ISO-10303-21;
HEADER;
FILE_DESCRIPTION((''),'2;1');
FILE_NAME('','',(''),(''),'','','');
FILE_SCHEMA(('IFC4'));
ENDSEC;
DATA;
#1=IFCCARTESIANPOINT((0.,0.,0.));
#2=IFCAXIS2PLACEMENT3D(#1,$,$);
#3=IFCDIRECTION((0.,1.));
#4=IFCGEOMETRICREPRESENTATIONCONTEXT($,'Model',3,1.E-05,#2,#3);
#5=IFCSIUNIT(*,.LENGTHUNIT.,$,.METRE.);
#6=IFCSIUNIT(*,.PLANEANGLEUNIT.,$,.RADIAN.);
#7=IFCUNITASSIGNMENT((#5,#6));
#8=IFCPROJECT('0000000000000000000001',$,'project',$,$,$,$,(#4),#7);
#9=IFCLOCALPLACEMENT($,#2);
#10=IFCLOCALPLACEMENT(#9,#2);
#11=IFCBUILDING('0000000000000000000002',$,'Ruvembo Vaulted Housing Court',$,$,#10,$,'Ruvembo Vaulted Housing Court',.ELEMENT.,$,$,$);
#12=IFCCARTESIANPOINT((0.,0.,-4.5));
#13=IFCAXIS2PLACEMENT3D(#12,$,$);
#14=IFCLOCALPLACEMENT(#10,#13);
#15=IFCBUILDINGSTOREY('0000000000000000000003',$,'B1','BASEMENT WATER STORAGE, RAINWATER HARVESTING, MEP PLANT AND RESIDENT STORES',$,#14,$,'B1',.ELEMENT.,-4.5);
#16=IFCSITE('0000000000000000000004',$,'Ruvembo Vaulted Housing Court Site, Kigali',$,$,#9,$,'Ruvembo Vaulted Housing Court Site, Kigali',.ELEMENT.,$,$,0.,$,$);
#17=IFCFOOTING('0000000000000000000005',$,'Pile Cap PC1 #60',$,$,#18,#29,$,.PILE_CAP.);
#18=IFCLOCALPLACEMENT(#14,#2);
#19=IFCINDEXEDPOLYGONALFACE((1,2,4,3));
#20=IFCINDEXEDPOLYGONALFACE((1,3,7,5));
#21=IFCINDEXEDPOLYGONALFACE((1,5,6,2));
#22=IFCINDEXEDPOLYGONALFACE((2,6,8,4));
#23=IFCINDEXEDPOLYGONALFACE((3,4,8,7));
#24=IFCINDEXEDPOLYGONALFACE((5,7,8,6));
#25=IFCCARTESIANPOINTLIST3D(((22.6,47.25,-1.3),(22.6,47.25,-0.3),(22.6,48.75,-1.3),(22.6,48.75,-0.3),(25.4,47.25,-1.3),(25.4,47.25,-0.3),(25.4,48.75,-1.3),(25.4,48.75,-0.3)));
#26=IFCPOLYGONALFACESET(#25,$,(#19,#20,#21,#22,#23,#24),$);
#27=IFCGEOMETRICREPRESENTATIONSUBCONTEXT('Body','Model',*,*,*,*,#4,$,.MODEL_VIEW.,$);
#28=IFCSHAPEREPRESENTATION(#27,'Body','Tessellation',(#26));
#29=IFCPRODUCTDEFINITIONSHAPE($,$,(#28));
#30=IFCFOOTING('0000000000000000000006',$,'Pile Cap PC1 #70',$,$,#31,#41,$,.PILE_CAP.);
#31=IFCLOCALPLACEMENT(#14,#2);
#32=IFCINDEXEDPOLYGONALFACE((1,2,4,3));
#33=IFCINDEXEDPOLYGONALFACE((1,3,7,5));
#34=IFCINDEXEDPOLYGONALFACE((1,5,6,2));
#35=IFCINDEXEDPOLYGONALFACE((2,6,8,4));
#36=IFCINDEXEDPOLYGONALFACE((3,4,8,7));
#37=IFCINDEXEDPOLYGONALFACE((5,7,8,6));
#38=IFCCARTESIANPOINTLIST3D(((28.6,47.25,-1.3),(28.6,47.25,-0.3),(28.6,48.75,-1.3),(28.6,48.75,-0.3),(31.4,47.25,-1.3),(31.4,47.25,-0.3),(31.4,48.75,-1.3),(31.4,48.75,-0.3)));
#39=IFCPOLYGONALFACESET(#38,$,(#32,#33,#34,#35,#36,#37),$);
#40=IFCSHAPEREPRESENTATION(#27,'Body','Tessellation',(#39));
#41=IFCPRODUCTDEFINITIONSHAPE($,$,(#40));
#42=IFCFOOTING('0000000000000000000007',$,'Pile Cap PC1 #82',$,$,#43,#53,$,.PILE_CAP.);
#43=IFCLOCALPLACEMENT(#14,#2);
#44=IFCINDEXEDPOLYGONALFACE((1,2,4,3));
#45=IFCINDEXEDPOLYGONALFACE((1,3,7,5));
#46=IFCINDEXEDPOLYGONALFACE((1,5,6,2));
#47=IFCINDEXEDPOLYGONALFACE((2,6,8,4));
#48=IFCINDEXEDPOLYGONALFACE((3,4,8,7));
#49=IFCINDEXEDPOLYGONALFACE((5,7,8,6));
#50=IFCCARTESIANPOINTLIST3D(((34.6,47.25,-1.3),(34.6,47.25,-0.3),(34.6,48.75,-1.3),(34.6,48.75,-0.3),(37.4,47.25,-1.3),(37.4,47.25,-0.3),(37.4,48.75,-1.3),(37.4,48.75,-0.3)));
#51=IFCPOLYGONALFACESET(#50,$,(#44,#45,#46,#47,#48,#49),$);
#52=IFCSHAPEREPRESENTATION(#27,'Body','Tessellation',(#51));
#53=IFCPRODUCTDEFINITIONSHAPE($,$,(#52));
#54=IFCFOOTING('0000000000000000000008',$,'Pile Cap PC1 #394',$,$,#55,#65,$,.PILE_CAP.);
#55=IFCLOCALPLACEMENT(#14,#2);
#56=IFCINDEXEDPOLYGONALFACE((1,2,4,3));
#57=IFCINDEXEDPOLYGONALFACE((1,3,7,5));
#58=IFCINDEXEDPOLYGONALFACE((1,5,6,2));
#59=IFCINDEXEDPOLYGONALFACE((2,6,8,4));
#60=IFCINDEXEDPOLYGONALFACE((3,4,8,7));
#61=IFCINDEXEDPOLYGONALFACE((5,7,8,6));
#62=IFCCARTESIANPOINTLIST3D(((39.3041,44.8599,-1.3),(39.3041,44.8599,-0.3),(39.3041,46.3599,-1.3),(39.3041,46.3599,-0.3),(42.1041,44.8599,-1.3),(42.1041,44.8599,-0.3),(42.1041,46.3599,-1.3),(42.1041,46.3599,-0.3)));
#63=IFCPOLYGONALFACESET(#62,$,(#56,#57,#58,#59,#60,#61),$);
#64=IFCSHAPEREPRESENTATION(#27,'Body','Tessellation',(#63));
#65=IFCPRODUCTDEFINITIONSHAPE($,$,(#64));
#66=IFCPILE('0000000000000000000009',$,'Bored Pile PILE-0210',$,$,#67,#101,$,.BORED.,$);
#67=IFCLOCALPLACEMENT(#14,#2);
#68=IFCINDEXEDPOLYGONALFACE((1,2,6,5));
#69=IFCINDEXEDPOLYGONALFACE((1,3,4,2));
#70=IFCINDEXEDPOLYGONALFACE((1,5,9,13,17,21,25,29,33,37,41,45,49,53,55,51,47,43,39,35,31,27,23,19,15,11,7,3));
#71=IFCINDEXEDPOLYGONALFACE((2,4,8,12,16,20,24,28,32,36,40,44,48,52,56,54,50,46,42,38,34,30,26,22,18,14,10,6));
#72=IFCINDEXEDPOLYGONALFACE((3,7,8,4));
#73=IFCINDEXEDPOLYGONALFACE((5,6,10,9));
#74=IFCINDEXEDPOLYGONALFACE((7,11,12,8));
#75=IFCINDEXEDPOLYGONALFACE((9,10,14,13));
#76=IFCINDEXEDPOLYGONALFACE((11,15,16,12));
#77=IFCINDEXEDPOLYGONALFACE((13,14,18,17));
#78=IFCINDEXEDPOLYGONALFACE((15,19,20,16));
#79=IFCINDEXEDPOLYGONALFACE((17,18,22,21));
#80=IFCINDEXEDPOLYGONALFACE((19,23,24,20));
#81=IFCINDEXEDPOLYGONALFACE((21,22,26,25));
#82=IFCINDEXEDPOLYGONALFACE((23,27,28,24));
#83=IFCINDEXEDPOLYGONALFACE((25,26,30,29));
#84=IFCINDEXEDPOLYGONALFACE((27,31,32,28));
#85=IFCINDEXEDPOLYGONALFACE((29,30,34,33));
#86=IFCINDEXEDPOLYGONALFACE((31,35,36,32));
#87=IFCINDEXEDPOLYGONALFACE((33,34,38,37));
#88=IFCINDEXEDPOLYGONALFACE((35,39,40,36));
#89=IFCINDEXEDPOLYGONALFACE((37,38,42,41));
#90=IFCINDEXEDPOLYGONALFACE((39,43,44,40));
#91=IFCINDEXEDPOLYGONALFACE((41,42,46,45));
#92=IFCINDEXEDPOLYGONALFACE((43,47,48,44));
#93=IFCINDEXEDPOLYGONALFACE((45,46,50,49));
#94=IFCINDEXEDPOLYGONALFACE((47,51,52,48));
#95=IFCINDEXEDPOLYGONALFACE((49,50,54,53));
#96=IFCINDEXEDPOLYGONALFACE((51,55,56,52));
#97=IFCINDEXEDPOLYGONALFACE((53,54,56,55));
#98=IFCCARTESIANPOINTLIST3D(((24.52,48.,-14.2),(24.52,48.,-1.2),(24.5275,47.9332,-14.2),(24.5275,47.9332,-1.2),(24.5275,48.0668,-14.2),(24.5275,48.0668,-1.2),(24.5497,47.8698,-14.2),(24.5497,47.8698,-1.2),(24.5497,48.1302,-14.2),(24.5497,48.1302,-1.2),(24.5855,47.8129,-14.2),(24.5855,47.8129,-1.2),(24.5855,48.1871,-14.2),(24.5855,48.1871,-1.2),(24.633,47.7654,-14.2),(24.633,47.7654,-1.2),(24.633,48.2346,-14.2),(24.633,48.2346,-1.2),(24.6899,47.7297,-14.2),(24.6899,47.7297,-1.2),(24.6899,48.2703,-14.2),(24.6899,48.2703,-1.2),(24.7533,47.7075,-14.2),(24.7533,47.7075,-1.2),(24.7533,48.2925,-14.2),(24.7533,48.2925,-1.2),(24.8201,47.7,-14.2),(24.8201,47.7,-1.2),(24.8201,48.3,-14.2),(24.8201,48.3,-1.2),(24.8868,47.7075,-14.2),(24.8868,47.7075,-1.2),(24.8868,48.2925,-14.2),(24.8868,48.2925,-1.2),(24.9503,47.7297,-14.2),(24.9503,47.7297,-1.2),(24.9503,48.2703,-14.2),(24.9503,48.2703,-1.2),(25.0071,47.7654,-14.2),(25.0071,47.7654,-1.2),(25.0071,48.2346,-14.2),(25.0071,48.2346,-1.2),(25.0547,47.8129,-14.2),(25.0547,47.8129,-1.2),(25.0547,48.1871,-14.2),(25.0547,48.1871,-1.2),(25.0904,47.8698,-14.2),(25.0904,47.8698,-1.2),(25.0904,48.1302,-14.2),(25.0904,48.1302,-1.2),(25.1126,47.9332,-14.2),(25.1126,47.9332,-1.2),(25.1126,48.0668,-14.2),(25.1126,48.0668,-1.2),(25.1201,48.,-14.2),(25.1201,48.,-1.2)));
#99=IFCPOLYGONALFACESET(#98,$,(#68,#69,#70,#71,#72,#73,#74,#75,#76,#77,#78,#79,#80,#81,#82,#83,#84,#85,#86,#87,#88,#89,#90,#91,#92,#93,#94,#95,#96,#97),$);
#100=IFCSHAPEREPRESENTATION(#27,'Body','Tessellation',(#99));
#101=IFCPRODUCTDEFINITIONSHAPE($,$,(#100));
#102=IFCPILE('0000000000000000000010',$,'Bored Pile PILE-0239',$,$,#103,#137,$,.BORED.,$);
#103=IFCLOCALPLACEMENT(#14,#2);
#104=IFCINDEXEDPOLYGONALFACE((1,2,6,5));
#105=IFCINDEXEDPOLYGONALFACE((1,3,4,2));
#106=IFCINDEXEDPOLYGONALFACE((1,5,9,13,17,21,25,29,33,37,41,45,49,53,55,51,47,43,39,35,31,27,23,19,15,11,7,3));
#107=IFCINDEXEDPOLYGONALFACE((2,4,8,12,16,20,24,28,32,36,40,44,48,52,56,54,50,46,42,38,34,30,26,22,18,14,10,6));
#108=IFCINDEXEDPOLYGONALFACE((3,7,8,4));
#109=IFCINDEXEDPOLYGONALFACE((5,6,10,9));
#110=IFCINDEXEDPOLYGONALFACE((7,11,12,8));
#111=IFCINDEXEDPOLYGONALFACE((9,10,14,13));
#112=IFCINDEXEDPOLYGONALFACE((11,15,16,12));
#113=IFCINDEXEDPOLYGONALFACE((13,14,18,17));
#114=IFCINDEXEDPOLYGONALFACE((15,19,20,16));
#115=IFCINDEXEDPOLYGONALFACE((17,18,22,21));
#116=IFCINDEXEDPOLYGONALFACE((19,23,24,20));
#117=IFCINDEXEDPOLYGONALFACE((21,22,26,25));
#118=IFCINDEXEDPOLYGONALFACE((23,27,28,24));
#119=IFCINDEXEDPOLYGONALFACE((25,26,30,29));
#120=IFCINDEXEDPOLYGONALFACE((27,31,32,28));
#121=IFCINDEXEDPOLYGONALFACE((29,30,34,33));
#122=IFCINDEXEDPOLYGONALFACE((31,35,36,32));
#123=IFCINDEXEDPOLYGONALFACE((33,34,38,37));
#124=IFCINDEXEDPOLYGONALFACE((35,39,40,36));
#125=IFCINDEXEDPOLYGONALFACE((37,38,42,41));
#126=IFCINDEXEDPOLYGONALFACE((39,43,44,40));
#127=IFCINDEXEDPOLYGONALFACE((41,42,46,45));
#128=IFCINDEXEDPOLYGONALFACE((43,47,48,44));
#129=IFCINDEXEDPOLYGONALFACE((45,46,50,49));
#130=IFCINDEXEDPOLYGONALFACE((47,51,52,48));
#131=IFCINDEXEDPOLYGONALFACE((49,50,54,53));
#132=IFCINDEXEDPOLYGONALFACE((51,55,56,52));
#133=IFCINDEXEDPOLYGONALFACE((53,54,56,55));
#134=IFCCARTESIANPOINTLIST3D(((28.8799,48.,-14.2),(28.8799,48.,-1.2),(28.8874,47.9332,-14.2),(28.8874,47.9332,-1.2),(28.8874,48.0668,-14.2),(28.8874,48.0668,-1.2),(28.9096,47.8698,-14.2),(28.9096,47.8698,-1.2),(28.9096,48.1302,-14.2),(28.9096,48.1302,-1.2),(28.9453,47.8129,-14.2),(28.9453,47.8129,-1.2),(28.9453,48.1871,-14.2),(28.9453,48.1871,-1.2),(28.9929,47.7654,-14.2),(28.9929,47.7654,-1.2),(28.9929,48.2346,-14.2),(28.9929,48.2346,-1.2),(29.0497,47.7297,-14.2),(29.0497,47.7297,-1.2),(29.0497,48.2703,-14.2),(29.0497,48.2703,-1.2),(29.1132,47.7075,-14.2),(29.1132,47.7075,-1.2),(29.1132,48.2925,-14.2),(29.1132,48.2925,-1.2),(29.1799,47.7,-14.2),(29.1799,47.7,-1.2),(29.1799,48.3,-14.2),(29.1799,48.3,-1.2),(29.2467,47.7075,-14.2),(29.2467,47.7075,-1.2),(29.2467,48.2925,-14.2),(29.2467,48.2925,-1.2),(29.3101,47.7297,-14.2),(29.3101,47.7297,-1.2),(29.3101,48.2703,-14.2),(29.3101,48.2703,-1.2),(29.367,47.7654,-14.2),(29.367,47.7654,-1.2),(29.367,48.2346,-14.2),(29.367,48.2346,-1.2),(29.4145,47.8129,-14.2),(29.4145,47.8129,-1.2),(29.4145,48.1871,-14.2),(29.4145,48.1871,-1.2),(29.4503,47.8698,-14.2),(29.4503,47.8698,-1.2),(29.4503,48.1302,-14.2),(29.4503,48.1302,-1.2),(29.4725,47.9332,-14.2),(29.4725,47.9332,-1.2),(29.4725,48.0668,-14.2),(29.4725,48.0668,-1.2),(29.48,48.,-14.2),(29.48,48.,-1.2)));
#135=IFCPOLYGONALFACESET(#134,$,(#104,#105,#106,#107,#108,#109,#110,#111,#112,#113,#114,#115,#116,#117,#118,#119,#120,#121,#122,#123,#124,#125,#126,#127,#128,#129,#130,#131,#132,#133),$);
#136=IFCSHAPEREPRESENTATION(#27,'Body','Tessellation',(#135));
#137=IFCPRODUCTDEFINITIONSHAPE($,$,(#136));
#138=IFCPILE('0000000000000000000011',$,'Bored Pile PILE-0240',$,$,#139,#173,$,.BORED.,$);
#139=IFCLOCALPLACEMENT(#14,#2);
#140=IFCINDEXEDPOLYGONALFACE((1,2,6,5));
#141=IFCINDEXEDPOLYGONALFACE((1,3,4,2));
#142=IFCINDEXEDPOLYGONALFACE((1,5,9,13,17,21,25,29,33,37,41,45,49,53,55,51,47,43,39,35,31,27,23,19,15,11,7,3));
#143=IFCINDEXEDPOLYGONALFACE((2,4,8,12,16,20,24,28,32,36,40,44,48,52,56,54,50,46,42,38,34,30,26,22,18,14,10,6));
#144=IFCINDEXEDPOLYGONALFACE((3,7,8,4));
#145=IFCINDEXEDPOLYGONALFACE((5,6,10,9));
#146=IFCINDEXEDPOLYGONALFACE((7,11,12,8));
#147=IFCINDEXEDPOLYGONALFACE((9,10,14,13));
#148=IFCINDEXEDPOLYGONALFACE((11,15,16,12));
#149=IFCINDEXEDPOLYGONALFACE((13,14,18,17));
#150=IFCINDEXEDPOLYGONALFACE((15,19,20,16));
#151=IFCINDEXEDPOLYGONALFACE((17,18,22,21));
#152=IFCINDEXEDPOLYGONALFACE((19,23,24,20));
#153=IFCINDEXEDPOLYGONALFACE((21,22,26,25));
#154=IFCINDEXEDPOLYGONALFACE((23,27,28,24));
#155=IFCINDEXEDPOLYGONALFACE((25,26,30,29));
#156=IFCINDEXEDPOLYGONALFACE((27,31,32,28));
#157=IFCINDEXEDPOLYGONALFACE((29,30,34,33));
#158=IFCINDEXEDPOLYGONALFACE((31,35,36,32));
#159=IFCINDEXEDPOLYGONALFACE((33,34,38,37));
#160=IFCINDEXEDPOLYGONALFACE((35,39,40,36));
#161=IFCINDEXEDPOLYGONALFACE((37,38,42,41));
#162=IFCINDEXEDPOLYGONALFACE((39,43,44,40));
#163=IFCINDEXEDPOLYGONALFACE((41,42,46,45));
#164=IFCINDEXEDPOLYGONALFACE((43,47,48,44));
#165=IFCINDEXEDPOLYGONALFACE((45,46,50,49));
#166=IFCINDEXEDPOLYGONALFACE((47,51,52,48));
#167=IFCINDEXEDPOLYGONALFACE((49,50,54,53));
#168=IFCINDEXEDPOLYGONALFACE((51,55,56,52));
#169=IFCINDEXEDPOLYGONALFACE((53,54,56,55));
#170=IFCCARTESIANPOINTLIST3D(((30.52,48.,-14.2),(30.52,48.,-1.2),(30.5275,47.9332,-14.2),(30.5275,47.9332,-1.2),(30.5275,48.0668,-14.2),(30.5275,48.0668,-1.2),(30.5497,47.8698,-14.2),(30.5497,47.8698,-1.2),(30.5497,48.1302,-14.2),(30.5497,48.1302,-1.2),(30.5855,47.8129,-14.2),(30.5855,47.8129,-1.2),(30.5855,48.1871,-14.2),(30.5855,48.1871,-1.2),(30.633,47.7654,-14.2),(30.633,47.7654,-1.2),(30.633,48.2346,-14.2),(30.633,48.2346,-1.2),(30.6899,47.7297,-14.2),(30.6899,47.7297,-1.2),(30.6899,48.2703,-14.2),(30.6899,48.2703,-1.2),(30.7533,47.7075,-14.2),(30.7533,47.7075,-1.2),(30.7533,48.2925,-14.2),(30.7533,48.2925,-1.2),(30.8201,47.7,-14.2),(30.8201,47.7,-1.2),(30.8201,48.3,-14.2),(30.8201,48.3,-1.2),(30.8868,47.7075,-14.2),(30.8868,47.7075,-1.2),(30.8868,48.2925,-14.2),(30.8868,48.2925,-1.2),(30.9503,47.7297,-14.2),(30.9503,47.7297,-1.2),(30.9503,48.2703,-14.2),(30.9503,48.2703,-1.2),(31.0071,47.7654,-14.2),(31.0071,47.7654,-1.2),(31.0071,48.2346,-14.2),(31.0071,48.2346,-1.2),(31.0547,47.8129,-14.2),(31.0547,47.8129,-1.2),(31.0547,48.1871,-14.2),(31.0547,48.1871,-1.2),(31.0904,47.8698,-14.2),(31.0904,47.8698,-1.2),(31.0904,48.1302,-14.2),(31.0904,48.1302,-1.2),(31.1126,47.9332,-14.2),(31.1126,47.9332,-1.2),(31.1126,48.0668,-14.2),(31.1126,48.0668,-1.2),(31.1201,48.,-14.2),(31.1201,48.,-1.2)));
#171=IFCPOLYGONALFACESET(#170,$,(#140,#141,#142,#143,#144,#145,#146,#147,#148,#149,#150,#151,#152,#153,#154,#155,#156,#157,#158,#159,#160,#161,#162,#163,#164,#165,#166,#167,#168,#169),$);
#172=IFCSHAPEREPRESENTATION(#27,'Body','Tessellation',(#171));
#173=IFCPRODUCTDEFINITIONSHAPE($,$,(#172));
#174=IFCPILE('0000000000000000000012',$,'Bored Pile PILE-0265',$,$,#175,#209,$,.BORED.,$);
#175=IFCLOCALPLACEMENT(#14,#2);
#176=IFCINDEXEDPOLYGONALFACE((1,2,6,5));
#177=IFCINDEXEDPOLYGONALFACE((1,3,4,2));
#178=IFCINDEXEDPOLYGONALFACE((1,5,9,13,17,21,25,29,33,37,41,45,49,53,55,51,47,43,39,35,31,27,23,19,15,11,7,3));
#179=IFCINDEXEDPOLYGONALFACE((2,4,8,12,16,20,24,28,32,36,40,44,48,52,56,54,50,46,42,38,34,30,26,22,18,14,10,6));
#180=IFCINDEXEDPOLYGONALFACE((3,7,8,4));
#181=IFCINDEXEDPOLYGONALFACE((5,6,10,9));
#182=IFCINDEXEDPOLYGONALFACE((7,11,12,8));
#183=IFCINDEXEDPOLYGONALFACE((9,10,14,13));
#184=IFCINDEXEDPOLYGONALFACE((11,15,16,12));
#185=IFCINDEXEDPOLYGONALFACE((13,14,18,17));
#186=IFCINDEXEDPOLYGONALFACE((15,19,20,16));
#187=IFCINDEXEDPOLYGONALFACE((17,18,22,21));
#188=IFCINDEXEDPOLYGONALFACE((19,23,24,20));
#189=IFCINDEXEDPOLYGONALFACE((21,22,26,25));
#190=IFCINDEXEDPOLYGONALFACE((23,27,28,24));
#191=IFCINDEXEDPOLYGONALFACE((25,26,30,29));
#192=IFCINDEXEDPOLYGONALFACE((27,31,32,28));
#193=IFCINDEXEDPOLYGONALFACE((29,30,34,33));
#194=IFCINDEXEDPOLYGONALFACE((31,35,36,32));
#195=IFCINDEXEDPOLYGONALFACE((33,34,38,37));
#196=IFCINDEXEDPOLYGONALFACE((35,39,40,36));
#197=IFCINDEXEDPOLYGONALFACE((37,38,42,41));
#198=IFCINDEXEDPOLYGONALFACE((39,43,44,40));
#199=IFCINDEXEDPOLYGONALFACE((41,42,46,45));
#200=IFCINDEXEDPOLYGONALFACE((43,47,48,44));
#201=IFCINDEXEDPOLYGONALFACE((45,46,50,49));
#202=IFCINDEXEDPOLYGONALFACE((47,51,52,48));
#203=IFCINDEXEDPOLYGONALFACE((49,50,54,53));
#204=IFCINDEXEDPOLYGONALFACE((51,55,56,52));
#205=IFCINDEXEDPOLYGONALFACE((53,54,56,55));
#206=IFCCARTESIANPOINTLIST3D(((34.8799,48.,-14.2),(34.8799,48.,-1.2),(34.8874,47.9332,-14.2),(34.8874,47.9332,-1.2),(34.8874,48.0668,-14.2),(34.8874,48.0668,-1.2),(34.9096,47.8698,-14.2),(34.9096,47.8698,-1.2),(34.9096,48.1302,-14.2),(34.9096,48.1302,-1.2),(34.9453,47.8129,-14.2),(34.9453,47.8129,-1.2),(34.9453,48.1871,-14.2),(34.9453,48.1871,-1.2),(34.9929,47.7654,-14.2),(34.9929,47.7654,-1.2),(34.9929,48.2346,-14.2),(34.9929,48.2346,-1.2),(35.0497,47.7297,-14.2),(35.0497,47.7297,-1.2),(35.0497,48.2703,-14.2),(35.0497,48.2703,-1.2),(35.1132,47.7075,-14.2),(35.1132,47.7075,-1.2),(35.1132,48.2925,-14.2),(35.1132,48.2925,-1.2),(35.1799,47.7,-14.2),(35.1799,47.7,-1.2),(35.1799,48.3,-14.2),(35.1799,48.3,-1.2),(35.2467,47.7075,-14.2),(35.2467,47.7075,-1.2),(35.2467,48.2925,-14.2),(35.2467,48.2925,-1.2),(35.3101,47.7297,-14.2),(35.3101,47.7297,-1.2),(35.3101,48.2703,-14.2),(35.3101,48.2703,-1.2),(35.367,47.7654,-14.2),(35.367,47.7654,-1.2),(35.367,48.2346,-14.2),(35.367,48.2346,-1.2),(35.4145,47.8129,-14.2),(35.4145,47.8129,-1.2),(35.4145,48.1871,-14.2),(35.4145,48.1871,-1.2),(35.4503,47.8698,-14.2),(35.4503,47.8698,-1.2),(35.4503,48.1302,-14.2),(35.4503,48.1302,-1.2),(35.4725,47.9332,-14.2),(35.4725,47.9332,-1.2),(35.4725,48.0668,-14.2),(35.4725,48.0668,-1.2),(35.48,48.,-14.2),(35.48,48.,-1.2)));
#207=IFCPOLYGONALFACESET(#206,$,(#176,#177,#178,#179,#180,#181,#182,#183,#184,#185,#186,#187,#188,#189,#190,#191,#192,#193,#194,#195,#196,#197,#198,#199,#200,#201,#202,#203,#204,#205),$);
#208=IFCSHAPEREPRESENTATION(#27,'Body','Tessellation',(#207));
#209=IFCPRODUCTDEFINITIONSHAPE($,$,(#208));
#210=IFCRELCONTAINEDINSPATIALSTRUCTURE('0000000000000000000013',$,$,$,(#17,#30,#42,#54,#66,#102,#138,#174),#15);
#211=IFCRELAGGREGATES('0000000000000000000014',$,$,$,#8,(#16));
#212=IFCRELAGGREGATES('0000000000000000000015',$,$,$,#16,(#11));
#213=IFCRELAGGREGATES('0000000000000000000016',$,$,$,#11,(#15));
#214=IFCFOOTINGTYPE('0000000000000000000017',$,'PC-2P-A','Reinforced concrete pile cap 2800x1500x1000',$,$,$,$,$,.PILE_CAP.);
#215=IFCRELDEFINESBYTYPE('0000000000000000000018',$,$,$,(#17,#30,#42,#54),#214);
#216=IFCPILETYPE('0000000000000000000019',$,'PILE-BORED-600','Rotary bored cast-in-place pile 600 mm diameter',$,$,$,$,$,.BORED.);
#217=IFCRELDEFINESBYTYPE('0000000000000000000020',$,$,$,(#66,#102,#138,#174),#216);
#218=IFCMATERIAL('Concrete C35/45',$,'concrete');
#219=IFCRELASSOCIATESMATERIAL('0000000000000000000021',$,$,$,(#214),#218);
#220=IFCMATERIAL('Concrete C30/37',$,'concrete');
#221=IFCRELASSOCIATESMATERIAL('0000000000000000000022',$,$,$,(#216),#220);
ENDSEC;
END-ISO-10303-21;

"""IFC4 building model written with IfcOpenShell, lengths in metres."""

from ifc_helpers import new_model, si_unit, direction, frame, origin, origin_2d, place, context, subcontext, project, spatial, rectangle, circle, extrude, material, material_profile, profile_set, type_object, element, save


model = new_model("IFC4")

# Units and contexts
model_context = context("Model", 3, precision=1e-05, world=origin(), true_north=direction((0.0, 1.0)))
body_context = subcontext(model_context, "Body", "Model", "MODEL_VIEW")
ifc_project = project(units=[si_unit("LENGTHUNIT", "METRE"), si_unit("PLANEANGLEUNIT", "RADIAN")], contexts=[model_context])

# Site, building, storey
site_placement = place(None, origin())
site = spatial("IfcSite", under=ifc_project, at=site_placement, Name="Ruvembo Vaulted Housing Court Site, Kigali", LongName="Ruvembo Vaulted Housing Court Site, Kigali", CompositionType="ELEMENT", RefElevation=0.0)
building_placement = place(site_placement, origin())
building = spatial("IfcBuilding", under=site, at=building_placement, Name="Ruvembo Vaulted Housing Court", LongName="Ruvembo Vaulted Housing Court", CompositionType="ELEMENT")
storey_placement = place(building_placement, frame((0.0, 0.0, -4.5)))
storey = spatial("IfcBuildingStorey", under=building, at=storey_placement, Name="B1", Description="BASEMENT WATER STORAGE, RAINWATER HARVESTING, MEP PLANT AND RESIDENT STORES", LongName="B1", CompositionType="ELEMENT", Elevation=-4.5)

# Footings
ifc_material_1 = material(Name="Concrete C35/45", Category="concrete")
footing_type = type_object("IfcFootingType", Name="PC-2P-A", Description="Reinforced concrete pile cap 2800x1500x1000", PredefinedType="PILE_CAP", material=ifc_material_1)
for number, where, z_axis, x_axis, name in (
    (1, (24.0, 48.0, -1.3), (0.0, 0.0, 1.0), (1.0, 0.0, 0.0), "Pile Cap PC1 #60"),
    (2, (30.0, 48.0, -1.3), (0.0, 0.0, 1.0), (1.0, 0.0, 0.0), "Pile Cap PC1 #70"),
    (3, (36.0, 48.0, -1.3), (0.0, 0.0, 1.0), (1.0, 0.0, 0.0), "Pile Cap PC1 #82"),
    (4, (40.7041, 45.6099, -1.3), (0.0, 0.0, 1.0), (1.0, 0.0, 0.0), "Pile Cap PC1 #394"),
):
    element("IfcFooting", number, at=place(storey_placement, frame(where, z_axis=z_axis, x_axis=x_axis)), inside=storey, type_object=footing_type, Name=name, PredefinedType="PILE_CAP", context=body_context, shape_type="SweptSolid", body=[
        extrude(rectangle(XDim=2.8, YDim=1.5, at=origin_2d()), origin(), (0.0, 0.0, 1.0), 1.0),
    ])

# Piles
ifc_material_2 = material(Name="Concrete C30/37", Category="concrete")
ifc_material_profile_1 = material_profile(ifc_material_2, circle(Radius=0.3, at=origin_2d()), Name="PILE D600")
ifc_profile_set_1 = profile_set([ifc_material_profile_1], Name="Concrete C30/37")
pile_type_1 = type_object("IfcPileType", Name="PILE-BORED-600", Description="Rotary bored cast-in-place pile 600 mm diameter", PredefinedType="BORED", material=ifc_profile_set_1)
for number, where, z_axis, x_axis, name in (
    (5, (24.8201, 48.0, -1.2), (0.0, 0.0, -1.0), (1.0, 0.0, 0.0), "Bored Pile PILE-0210"),
    (6, (29.1799, 48.0, -1.2), (0.0, 0.0, -1.0), (1.0, 0.0, 0.0), "Bored Pile PILE-0239"),
    (7, (30.8201, 48.0, -1.2), (0.0, 0.0, -1.0), (1.0, 0.0, 0.0), "Bored Pile PILE-0240"),
    (8, (35.1799, 48.0, -1.2), (0.0, 0.0, -1.0), (1.0, 0.0, 0.0), "Bored Pile PILE-0265"),
):
    element("IfcPile", number, at=place(storey_placement, frame(where, z_axis=z_axis, x_axis=x_axis)), inside=storey, type_object=pile_type_1, Name=name, PredefinedType="BORED", context=body_context, shape_type="SweptSolid", body=[
        extrude(circle(Radius=0.3, at=origin_2d()), origin(), (0.0, 0.0, 1.0), 13.0),
    ])

save(model, "model.ifc")
